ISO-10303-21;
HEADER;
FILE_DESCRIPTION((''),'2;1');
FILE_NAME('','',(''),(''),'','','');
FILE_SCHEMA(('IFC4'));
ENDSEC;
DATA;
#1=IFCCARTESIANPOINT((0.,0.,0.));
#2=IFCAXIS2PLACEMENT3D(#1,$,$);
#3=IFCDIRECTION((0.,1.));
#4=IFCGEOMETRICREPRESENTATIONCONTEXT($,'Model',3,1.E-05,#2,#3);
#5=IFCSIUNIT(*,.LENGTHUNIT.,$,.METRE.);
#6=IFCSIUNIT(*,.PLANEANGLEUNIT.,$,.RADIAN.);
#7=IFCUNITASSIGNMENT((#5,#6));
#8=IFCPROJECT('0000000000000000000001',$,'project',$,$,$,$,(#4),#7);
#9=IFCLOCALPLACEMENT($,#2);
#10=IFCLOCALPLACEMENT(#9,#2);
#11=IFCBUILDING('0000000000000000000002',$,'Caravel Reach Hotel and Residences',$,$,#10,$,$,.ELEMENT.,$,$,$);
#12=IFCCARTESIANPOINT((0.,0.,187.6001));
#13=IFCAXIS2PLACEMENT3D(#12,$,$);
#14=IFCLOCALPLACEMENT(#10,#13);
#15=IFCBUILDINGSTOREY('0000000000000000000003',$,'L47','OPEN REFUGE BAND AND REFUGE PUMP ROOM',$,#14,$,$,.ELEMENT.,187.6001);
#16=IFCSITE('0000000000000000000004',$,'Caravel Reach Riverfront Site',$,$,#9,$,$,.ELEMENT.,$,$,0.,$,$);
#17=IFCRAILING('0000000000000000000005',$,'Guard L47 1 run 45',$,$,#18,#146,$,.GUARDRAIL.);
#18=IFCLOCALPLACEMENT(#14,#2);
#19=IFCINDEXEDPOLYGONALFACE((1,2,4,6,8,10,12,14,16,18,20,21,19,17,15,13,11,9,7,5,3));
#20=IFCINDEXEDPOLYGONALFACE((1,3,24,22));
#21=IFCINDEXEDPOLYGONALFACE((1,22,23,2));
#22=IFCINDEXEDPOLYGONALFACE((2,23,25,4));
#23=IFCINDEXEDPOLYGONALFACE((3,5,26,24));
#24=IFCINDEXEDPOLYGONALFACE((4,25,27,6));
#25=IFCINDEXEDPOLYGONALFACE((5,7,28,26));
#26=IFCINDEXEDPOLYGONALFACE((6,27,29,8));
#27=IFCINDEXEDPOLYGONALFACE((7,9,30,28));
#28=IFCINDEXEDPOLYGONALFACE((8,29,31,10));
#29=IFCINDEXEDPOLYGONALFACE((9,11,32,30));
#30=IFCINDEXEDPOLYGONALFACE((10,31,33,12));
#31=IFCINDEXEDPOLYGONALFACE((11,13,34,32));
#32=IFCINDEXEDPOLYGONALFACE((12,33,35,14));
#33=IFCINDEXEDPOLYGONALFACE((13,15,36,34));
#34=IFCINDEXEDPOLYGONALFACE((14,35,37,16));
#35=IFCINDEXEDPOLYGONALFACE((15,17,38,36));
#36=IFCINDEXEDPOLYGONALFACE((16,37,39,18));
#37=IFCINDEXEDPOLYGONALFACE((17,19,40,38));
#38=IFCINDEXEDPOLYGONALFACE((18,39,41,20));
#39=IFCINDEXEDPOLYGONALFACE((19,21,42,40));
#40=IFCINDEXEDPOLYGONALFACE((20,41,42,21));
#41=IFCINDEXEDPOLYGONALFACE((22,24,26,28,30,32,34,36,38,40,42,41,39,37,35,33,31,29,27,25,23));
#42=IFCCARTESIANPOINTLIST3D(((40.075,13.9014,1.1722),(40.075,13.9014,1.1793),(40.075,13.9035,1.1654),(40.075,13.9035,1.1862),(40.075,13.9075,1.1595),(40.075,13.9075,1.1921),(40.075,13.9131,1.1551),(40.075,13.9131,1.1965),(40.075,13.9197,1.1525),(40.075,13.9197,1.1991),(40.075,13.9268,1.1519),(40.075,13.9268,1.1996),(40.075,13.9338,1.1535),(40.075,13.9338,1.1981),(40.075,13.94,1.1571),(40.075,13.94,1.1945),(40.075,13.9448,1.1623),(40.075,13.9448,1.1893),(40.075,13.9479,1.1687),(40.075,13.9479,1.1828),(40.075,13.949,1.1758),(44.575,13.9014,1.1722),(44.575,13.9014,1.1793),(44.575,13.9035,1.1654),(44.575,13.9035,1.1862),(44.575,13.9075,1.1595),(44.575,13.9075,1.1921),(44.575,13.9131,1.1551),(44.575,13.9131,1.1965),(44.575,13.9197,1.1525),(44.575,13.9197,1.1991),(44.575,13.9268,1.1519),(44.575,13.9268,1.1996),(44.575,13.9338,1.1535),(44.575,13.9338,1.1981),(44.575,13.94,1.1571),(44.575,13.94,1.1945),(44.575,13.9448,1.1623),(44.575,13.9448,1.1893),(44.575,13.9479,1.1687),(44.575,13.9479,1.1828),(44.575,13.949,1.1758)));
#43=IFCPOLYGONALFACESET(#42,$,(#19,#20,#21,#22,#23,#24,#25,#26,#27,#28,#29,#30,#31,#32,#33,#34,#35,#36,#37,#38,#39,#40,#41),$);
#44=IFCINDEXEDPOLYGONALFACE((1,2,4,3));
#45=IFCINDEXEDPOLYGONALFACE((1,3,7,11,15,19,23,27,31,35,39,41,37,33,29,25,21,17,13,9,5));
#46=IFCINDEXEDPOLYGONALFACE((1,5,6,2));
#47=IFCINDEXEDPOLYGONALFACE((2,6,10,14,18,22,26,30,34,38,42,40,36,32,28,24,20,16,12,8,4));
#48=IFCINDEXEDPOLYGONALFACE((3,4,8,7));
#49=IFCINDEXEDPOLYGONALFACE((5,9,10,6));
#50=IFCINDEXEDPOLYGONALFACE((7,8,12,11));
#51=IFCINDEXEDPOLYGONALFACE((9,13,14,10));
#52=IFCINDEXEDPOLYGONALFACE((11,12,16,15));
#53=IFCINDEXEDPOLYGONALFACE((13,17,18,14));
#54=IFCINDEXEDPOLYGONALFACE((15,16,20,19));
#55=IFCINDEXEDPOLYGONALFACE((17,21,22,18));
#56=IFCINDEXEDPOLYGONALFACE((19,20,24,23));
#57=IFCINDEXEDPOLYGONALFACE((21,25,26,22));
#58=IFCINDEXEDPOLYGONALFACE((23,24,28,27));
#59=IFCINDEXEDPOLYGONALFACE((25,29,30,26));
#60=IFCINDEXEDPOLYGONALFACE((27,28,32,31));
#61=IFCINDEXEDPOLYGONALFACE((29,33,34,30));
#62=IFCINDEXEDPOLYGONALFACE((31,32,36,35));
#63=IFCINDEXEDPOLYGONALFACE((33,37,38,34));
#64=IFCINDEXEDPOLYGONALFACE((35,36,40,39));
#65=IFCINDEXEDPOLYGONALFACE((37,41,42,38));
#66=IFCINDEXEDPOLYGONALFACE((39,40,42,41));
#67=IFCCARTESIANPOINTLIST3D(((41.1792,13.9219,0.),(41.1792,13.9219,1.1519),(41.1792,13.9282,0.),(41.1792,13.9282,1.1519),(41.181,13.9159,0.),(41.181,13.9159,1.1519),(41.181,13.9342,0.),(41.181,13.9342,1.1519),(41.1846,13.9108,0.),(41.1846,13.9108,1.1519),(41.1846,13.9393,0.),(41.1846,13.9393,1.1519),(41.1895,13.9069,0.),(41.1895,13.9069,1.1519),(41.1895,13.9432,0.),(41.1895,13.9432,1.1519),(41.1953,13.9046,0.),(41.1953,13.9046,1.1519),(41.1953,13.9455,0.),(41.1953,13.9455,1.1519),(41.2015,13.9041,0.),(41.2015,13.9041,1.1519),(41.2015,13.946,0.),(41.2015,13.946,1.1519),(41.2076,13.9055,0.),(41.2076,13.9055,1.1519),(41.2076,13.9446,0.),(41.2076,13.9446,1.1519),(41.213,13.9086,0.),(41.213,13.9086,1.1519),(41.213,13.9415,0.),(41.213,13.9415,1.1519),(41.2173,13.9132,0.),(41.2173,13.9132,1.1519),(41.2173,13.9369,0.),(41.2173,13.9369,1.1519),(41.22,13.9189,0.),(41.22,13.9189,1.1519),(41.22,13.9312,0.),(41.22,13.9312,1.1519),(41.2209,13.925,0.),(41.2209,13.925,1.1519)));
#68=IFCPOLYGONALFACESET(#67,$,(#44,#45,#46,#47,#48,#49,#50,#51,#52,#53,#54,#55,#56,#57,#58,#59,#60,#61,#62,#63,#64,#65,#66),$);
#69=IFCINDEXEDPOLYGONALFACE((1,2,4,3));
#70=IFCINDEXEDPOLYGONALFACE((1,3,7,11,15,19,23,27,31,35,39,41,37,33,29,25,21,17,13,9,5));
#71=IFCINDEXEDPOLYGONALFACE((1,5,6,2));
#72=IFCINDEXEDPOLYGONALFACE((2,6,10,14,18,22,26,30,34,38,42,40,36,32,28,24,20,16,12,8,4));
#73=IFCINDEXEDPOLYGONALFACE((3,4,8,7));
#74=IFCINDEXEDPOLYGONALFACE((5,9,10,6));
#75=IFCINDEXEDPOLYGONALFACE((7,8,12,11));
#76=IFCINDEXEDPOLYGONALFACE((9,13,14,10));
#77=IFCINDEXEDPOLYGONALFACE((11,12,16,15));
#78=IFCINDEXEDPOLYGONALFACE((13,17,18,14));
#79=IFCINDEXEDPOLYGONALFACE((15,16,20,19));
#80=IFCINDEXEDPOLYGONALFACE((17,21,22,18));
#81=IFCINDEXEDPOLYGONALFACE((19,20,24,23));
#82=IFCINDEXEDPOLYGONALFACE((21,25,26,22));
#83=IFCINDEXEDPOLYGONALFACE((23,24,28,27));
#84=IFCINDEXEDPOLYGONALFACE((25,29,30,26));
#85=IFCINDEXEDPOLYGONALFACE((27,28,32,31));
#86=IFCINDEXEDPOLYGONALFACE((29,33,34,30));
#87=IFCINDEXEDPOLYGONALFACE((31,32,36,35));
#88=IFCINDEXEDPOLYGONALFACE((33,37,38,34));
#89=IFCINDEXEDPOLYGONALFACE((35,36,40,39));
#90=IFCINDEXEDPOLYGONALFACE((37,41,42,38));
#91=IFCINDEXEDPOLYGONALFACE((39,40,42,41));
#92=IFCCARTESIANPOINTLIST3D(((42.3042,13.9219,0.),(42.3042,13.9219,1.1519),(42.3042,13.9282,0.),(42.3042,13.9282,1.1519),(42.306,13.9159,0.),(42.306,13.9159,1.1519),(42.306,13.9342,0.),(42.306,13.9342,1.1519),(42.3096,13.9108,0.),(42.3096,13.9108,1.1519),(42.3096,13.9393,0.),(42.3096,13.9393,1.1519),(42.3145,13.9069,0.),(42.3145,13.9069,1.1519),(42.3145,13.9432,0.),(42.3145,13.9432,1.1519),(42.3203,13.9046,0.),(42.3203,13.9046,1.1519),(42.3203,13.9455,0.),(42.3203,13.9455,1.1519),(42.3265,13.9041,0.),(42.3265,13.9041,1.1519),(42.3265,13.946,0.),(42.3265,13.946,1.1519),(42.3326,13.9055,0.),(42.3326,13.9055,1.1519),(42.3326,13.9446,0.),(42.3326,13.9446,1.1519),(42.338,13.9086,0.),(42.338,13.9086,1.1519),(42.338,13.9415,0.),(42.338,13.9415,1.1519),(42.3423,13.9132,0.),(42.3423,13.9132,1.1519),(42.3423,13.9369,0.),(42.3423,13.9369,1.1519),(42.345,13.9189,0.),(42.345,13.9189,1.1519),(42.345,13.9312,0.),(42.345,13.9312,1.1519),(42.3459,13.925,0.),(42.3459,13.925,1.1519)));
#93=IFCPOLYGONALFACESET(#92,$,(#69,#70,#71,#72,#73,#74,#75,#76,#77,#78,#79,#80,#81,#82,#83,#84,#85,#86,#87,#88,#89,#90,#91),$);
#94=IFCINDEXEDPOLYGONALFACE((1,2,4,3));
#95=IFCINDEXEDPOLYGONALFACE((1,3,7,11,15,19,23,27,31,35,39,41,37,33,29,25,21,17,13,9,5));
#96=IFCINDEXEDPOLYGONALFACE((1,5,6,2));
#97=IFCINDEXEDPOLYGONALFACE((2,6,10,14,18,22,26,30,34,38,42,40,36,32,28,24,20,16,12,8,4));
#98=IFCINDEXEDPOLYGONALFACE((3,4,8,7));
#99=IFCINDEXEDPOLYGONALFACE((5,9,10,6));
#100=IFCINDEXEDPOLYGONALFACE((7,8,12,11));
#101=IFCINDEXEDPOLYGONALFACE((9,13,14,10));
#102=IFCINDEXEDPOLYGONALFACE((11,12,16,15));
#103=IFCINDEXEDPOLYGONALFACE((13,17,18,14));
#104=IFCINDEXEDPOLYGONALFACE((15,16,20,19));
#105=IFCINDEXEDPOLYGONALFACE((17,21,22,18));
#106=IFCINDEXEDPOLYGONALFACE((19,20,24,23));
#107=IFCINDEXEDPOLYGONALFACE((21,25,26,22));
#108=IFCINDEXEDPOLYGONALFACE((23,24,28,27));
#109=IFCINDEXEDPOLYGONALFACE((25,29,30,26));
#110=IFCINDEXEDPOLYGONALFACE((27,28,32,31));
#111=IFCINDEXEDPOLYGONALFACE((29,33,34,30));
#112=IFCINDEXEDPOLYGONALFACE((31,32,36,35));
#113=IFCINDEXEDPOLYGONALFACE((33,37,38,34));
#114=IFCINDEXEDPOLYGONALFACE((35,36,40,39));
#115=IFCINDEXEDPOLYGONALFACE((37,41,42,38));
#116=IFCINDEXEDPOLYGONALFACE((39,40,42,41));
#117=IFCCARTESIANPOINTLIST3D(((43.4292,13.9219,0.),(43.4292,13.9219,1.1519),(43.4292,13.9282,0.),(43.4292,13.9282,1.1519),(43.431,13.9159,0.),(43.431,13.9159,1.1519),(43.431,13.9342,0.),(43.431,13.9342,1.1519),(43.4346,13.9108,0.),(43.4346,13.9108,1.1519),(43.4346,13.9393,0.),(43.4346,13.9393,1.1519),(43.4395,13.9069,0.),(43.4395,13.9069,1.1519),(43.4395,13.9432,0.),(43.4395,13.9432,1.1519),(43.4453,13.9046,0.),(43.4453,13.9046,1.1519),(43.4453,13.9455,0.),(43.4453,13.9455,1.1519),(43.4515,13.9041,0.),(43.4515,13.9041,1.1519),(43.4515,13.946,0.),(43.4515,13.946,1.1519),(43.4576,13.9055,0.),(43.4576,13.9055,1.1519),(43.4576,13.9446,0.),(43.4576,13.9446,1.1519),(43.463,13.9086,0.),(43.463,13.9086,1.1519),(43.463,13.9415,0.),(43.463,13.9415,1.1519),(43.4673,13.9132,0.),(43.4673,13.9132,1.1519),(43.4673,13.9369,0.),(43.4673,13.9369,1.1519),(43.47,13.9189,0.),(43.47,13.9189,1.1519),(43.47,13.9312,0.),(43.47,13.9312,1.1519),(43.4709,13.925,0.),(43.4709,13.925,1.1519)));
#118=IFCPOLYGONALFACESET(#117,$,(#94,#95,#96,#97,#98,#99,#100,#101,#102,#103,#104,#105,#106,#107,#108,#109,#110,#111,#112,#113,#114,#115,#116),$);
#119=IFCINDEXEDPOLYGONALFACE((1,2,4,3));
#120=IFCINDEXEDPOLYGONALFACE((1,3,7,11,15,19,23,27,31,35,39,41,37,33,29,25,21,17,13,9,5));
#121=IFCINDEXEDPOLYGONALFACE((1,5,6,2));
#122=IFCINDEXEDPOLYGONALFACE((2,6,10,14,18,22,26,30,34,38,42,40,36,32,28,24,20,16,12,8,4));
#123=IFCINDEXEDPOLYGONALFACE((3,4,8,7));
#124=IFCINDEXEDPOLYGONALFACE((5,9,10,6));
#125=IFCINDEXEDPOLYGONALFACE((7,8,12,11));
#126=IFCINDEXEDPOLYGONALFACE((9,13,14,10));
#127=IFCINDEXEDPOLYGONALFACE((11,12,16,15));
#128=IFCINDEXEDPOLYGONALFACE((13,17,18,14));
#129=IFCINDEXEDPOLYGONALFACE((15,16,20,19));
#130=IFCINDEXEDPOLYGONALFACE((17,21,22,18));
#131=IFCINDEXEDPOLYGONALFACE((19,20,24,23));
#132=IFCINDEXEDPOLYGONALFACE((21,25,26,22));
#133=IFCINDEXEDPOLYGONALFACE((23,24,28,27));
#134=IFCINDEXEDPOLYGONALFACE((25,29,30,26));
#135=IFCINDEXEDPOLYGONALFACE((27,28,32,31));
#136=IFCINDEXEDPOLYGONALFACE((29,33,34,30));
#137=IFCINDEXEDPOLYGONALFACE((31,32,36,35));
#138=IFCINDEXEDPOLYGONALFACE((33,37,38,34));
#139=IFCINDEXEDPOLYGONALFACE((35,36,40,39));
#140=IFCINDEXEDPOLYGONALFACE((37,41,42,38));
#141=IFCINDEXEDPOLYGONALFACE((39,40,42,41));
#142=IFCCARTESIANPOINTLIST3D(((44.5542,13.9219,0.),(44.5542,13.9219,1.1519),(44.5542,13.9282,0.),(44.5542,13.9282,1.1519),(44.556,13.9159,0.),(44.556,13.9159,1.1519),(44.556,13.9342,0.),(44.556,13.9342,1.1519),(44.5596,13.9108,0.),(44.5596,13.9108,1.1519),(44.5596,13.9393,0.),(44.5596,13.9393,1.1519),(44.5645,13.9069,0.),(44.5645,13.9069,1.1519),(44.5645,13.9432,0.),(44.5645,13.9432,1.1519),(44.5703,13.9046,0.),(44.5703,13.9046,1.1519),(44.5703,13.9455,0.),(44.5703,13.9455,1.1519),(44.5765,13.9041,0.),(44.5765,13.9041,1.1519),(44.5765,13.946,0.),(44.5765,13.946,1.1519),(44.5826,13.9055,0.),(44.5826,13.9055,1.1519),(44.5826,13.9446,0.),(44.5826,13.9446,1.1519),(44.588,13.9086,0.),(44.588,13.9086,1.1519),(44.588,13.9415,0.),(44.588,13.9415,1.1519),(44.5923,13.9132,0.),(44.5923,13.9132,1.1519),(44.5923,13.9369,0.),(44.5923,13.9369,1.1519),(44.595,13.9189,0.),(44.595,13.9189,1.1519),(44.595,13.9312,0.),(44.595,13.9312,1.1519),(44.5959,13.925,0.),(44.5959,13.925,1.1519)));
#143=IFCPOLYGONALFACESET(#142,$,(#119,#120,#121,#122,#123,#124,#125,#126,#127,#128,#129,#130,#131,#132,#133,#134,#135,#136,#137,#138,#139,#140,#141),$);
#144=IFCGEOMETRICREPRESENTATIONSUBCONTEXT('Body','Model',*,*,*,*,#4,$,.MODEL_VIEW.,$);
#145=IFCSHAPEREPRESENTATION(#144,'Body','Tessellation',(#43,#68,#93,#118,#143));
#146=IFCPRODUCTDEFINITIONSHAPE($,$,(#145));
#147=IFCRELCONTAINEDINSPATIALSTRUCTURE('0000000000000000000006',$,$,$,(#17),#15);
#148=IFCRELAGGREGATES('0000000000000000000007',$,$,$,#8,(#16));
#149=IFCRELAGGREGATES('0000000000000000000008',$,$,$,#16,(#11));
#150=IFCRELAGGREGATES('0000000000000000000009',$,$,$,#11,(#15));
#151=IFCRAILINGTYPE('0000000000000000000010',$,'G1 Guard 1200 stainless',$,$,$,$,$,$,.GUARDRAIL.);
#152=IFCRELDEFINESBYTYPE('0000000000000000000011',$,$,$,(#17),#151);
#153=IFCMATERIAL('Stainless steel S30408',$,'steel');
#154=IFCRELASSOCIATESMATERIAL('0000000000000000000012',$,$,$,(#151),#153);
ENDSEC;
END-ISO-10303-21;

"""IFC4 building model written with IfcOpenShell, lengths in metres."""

from ifc_helpers import new_model, si_unit, direction, frame, origin, origin_2d, place, context, subcontext, project, spatial, circle, extrude, material, type_object, element, save


model = new_model("IFC4")

# Units and contexts
model_context = context("Model", 3, precision=1e-05, world=origin(), true_north=direction((0.0, 1.0)))
body_context = subcontext(model_context, "Body", "Model", "MODEL_VIEW")
ifc_project = project(units=[si_unit("LENGTHUNIT", "METRE"), si_unit("PLANEANGLEUNIT", "RADIAN")], contexts=[model_context])

# Site, building, storey
site_placement = place(None, origin())
site = spatial("IfcSite", under=ifc_project, at=site_placement, Name="Caravel Reach Riverfront Site", CompositionType="ELEMENT", RefElevation=0.0)
building_placement = place(site_placement, origin())
building = spatial("IfcBuilding", under=site, at=building_placement, Name="Caravel Reach Hotel and Residences", CompositionType="ELEMENT")
storey_placement = place(building_placement, frame((0.0, 0.0, 187.6001)))
storey = spatial("IfcBuildingStorey", under=building, at=storey_placement, Name="L47", Description="OPEN REFUGE BAND AND REFUGE PUMP ROOM", CompositionType="ELEMENT", Elevation=187.6001)

# Railing
ifc_material_1 = material(Name="Stainless steel S30408", Category="steel")
railing_type = type_object("IfcRailingType", Name="G1 Guard 1200 stainless", PredefinedType="GUARDRAIL", material=ifc_material_1)
railing_1_placement = place(storey_placement, frame((40.075, 13.925, 0.0)))
element("IfcRailing", 1, at=railing_1_placement, inside=storey, type_object=railing_type, Name="Guard L47 1 run 45", PredefinedType="GUARDRAIL", context=body_context, shape_type="SweptSolid", body=[
    extrude(circle(Radius=0.0239, at=origin_2d()), frame((0.0, 0.0, 1.1758), z_axis=(1.0, 0.0, 0.0), x_axis=(0.0, 1.0, 0.0)), (0.0, 0.0, 1.0), 4.5),
    extrude(circle(Radius=0.021, at=origin_2d()), frame((1.125, 0.0, 0.0)), (0.0, 0.0, 1.0), 1.1519),
    extrude(circle(Radius=0.021, at=origin_2d()), frame((2.25, 0.0, 0.0)), (0.0, 0.0, 1.0), 1.1519),
    extrude(circle(Radius=0.021, at=origin_2d()), frame((3.375, 0.0, 0.0)), (0.0, 0.0, 1.0), 1.1519),
    extrude(circle(Radius=0.021, at=origin_2d()), frame((4.5, 0.0, 0.0)), (0.0, 0.0, 1.0), 1.1519),
])

save(model, "model.ifc")
